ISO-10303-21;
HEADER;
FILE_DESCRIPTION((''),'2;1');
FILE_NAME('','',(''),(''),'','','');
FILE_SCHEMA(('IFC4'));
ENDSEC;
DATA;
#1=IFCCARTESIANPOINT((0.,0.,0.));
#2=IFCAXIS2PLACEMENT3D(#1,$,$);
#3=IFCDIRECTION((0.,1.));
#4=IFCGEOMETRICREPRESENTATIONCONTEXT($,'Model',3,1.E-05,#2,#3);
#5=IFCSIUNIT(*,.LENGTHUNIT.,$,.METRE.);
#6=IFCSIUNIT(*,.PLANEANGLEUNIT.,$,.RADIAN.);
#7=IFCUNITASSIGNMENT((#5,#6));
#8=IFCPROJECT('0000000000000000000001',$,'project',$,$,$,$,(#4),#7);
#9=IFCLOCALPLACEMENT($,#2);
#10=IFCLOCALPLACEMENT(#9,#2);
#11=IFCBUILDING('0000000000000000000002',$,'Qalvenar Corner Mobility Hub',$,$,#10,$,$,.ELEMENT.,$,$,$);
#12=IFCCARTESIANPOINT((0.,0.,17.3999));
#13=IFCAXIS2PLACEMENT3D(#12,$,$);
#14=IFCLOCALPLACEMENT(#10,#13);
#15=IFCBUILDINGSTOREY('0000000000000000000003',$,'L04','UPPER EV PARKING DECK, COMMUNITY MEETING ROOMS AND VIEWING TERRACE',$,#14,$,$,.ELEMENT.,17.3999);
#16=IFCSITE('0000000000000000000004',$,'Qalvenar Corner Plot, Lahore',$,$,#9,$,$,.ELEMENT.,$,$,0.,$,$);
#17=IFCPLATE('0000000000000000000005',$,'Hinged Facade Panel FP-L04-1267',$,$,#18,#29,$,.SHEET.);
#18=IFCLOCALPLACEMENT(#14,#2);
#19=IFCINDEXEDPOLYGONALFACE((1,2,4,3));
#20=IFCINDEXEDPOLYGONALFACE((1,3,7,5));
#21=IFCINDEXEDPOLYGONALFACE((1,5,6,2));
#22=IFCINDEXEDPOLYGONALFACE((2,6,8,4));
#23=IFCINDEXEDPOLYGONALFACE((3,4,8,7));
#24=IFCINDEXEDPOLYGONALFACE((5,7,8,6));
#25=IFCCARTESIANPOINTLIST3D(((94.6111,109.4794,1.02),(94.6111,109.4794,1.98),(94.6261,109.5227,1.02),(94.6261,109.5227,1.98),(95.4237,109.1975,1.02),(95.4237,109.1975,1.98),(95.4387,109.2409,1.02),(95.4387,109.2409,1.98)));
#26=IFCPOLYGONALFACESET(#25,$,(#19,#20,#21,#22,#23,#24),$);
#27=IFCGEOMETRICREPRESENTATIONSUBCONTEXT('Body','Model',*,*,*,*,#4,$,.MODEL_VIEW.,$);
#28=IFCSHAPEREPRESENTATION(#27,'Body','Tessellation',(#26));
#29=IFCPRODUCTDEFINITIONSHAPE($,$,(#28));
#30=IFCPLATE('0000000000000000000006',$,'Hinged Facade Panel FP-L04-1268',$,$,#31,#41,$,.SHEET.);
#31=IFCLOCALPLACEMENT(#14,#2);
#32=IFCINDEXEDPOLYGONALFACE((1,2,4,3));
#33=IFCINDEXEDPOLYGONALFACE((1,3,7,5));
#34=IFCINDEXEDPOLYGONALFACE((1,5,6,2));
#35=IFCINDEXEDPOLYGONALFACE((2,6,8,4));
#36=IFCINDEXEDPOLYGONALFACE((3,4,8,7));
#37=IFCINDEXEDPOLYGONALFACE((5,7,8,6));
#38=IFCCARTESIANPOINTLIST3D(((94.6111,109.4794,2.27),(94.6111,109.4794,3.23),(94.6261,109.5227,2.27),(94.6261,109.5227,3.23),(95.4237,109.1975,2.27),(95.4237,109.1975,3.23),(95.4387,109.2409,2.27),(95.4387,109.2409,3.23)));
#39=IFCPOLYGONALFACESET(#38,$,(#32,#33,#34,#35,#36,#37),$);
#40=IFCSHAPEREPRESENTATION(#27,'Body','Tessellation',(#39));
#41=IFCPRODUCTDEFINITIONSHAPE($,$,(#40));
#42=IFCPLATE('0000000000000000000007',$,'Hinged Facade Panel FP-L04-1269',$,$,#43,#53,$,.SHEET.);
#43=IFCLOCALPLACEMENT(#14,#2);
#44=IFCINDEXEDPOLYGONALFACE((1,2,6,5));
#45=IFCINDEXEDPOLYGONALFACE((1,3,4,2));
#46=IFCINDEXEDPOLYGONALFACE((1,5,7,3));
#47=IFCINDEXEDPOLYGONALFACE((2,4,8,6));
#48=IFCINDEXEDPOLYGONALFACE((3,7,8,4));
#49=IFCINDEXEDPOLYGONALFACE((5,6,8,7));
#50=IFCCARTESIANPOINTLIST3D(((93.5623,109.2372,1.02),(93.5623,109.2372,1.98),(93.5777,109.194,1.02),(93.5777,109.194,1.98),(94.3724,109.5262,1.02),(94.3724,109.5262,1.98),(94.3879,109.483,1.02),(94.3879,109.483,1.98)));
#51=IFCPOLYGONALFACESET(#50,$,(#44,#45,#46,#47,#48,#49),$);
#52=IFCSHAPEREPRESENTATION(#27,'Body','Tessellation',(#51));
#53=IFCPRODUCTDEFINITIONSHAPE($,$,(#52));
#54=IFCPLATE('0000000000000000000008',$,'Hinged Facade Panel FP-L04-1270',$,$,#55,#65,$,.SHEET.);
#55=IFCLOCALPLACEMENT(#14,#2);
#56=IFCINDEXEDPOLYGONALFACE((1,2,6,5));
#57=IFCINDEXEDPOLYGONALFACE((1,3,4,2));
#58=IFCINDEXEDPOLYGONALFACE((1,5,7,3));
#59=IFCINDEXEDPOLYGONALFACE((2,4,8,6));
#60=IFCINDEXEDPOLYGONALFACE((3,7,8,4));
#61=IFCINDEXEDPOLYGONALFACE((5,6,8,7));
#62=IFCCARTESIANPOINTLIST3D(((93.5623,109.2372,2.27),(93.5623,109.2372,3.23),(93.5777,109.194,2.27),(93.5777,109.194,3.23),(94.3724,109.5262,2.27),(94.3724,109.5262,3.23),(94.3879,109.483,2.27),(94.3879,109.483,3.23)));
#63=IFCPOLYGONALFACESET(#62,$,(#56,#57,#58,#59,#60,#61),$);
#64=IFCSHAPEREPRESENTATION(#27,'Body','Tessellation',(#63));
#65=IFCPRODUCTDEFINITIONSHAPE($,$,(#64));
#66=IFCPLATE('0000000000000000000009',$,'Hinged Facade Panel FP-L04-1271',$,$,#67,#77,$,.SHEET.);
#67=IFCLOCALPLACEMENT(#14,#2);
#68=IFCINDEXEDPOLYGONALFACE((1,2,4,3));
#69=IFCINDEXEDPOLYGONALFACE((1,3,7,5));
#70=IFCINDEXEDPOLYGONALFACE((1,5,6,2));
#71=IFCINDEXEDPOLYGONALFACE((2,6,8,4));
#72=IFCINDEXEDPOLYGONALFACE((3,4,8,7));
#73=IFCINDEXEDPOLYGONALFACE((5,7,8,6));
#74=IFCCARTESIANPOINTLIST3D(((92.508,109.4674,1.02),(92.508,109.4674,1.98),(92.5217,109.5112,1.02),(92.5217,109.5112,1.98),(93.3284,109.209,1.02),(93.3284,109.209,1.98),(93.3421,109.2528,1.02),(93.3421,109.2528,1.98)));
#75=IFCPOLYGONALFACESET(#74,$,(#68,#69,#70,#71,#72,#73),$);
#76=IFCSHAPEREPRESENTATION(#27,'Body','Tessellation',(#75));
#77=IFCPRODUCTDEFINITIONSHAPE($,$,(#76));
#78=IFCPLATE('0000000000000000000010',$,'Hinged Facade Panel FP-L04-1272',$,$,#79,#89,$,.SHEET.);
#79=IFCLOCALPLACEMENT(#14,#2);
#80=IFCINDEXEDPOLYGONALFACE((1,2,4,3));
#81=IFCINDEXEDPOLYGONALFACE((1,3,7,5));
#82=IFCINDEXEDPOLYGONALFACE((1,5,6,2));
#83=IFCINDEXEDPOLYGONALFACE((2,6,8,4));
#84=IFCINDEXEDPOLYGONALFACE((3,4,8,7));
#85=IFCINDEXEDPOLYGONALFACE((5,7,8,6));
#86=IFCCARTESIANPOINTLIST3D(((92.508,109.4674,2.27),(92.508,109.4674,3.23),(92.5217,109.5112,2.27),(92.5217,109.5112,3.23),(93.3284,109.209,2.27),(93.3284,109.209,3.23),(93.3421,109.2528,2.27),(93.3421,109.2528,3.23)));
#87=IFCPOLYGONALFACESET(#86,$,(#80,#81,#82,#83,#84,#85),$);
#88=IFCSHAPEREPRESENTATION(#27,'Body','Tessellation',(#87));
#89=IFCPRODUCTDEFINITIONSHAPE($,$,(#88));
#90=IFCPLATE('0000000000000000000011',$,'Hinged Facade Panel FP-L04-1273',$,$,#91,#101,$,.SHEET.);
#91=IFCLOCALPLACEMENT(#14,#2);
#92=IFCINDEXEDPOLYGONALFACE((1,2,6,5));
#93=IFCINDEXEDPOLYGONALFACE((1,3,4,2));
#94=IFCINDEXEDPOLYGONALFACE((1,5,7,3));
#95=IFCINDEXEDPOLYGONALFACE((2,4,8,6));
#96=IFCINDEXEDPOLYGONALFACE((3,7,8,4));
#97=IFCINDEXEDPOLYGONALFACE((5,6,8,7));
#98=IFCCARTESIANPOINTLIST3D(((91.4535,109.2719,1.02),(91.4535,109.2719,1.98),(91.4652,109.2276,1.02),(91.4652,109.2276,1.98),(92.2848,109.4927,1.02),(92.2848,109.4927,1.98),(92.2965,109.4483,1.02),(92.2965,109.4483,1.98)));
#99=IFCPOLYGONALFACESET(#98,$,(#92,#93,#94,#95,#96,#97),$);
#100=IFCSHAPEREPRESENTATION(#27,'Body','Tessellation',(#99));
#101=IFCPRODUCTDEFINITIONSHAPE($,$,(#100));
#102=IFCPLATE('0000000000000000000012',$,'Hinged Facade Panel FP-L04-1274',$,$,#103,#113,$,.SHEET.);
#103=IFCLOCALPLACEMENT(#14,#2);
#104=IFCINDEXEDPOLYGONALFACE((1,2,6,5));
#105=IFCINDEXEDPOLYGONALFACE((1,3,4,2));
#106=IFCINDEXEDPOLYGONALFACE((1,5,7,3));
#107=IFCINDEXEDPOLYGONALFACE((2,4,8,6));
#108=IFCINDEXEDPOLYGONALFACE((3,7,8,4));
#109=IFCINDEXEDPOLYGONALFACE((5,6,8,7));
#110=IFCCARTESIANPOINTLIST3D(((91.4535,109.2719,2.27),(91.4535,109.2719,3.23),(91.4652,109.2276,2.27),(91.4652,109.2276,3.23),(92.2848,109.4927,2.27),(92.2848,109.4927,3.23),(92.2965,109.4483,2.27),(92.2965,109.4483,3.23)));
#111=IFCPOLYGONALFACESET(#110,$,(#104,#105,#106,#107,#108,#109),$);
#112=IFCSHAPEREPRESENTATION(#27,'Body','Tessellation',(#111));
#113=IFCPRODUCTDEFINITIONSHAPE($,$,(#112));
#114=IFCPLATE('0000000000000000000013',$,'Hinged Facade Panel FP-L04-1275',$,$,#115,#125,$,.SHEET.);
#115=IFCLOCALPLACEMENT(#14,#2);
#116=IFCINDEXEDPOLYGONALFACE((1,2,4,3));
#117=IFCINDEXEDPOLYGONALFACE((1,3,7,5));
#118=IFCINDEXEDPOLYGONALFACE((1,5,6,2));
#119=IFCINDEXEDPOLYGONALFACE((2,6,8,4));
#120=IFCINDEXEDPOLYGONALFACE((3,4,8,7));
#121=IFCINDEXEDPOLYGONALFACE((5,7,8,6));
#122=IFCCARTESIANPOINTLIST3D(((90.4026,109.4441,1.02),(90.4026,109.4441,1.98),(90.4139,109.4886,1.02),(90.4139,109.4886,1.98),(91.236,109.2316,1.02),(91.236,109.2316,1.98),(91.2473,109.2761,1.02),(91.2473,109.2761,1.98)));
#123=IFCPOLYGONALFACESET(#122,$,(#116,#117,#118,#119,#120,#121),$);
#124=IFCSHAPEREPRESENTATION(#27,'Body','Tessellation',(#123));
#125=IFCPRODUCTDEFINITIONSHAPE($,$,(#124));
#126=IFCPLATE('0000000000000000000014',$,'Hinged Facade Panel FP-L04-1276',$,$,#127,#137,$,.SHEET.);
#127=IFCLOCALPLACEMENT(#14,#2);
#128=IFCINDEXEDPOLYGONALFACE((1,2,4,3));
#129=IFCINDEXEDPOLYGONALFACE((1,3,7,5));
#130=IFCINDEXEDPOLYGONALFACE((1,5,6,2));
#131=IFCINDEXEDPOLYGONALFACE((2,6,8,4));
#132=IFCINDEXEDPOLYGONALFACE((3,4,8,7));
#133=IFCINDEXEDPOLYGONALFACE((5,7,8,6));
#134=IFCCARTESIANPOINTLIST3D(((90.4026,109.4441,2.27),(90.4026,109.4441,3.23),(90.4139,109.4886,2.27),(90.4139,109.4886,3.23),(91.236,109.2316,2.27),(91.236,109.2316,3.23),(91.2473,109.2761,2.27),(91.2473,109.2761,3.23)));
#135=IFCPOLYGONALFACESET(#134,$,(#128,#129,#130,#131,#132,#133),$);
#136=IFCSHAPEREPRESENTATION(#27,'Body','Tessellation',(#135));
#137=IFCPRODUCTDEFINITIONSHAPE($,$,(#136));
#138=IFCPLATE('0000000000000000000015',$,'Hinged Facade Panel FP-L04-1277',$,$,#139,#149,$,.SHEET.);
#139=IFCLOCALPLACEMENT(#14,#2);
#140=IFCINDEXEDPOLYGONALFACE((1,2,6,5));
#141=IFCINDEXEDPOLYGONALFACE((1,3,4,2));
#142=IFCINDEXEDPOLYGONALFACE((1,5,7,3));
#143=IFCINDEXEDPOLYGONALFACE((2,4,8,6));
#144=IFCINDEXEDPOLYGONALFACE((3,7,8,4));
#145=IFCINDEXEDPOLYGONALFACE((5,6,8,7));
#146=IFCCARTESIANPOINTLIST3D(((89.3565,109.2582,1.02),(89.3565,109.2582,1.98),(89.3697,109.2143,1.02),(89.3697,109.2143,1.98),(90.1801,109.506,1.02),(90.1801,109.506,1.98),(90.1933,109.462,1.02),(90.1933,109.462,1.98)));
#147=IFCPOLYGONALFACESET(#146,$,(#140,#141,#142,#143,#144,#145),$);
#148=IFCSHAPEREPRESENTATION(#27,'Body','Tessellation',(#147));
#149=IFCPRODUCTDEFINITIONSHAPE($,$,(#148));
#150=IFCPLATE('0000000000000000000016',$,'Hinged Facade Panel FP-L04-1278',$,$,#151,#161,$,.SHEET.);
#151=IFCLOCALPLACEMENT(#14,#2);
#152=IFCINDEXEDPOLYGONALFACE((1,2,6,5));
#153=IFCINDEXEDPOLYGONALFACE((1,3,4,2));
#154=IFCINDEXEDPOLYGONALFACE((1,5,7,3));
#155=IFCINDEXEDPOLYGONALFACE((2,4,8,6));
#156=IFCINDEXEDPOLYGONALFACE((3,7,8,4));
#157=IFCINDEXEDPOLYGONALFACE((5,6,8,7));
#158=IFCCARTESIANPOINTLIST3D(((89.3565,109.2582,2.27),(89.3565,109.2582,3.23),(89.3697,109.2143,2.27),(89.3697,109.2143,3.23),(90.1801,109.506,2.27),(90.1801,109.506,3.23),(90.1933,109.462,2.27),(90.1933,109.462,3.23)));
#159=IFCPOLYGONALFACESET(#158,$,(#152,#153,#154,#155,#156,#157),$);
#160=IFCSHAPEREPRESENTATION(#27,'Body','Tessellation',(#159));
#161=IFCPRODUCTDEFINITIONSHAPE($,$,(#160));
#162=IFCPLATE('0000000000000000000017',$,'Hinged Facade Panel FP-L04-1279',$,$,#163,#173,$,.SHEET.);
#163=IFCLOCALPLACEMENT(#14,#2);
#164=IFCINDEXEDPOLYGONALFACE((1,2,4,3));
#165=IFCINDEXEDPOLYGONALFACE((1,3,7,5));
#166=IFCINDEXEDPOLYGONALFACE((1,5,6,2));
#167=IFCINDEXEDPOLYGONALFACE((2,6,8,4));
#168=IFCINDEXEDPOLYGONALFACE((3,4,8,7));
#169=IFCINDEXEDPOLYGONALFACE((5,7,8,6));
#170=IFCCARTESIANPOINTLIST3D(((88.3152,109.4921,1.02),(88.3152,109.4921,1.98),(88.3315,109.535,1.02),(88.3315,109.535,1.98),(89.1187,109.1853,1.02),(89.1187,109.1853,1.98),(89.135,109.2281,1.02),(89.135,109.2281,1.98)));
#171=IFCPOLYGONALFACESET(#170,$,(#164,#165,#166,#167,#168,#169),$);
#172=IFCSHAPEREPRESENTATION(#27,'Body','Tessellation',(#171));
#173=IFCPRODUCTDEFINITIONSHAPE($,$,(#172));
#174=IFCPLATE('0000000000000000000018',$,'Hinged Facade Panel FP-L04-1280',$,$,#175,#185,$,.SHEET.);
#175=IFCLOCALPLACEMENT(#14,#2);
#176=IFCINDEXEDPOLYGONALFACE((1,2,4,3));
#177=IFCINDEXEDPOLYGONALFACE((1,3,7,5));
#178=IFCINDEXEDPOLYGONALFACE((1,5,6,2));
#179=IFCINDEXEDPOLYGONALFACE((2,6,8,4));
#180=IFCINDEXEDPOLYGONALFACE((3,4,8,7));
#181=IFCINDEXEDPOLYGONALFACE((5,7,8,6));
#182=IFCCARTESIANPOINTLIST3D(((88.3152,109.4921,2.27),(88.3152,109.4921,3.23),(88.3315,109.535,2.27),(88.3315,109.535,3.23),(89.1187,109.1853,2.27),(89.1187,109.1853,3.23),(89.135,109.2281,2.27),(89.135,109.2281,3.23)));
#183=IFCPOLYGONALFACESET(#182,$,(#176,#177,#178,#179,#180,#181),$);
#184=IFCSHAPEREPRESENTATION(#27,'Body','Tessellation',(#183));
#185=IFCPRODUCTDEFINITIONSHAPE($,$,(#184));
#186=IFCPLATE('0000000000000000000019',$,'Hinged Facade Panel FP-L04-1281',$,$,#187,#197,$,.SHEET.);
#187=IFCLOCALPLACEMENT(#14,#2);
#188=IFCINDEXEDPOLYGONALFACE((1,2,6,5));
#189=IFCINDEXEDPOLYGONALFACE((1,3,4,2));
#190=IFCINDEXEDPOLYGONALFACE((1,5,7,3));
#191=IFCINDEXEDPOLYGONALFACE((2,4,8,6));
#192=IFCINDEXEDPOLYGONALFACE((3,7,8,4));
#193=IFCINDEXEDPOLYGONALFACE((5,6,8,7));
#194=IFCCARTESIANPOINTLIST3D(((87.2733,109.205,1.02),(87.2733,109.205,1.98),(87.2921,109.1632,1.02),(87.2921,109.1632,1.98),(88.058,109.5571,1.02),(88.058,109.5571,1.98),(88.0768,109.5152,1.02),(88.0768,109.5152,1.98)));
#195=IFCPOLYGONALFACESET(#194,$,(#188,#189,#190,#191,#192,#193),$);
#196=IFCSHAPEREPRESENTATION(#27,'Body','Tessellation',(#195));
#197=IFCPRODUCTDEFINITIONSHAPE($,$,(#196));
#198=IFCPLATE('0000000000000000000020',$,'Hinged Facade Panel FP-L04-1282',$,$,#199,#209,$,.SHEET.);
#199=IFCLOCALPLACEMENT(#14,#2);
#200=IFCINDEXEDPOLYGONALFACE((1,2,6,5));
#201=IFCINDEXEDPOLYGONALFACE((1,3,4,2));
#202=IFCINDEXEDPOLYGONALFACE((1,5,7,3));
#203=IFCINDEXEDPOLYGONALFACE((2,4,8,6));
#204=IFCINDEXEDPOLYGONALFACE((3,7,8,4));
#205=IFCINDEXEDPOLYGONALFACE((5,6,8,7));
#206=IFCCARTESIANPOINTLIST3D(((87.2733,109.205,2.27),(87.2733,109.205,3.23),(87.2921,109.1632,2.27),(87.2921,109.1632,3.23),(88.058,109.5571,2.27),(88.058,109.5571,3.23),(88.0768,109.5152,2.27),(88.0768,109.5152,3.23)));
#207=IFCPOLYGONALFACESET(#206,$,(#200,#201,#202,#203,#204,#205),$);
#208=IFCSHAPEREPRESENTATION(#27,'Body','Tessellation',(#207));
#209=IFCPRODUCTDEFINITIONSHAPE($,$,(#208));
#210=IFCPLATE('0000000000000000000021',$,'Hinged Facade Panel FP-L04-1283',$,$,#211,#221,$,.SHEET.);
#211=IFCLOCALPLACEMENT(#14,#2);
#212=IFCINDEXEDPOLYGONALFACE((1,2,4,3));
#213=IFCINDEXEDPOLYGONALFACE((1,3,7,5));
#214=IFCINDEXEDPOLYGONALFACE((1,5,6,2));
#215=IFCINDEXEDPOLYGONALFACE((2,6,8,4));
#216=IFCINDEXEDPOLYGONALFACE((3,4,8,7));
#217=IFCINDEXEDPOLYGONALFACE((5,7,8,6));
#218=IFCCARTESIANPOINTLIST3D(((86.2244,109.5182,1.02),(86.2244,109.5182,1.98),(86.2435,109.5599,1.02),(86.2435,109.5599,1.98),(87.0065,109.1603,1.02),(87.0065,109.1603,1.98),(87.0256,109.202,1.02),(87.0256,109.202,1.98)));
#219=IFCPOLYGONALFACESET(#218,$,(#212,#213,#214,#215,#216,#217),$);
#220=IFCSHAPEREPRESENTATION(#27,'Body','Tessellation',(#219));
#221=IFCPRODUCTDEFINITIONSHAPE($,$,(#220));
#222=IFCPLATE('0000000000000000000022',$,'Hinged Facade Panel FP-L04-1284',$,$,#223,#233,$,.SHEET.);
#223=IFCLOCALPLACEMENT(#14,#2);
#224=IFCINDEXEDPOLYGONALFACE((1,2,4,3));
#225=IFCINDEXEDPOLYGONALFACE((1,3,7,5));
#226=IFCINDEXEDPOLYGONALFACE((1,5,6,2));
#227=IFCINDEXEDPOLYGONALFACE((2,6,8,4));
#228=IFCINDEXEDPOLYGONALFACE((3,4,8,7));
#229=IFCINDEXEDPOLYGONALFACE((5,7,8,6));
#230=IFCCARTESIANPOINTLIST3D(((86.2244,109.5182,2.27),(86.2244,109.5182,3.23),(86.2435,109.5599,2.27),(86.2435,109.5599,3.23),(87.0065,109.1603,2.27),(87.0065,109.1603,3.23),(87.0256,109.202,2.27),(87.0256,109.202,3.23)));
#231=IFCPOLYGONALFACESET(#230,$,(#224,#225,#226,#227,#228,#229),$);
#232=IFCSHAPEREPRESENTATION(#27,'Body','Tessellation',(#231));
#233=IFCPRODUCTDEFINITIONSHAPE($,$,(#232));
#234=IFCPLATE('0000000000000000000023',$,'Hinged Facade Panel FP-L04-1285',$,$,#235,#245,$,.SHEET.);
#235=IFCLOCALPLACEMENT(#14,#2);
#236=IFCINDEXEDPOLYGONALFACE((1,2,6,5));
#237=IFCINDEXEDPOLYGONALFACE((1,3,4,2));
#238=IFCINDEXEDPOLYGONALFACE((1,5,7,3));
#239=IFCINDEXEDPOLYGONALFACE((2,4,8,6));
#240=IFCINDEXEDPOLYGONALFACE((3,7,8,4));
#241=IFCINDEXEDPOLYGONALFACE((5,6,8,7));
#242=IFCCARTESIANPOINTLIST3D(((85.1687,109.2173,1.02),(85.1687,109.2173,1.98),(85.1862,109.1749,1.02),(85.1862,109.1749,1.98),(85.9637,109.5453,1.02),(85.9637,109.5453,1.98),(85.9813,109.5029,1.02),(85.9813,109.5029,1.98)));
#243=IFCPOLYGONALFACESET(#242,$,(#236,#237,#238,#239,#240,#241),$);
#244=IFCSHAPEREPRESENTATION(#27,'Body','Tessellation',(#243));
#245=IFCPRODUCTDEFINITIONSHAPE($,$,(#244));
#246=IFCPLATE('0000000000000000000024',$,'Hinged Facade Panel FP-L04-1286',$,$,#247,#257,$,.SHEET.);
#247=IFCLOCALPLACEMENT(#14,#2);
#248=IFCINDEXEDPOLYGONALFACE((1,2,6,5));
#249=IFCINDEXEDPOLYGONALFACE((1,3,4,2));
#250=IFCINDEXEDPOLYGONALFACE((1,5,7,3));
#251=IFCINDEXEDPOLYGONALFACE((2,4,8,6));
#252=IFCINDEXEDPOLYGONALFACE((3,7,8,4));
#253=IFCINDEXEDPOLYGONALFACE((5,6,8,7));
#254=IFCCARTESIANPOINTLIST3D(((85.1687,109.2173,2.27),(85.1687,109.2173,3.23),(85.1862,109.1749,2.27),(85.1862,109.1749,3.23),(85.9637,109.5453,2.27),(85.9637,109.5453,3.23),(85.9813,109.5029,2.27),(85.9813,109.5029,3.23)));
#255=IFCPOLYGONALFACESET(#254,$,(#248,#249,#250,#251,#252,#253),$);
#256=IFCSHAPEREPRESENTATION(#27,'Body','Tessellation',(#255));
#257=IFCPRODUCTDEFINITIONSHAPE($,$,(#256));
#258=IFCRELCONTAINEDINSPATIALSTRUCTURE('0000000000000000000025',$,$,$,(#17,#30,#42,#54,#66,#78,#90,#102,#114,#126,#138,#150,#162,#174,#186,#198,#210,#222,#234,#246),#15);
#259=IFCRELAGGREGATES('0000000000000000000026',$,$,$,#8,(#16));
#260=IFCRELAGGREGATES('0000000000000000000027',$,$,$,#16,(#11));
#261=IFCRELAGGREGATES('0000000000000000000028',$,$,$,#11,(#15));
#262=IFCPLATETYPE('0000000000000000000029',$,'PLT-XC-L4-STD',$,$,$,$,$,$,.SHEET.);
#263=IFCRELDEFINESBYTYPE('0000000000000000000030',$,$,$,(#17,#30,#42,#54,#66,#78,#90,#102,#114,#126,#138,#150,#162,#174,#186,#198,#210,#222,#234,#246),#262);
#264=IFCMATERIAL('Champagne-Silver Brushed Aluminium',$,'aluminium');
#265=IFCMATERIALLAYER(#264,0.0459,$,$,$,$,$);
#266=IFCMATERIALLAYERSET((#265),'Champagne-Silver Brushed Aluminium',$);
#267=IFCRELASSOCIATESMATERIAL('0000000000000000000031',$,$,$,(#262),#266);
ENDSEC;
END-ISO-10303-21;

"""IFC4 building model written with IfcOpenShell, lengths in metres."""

from ifc_helpers import new_model, si_unit, direction, frame, origin, origin_2d, place, context, subcontext, project, spatial, rectangle, extrude, material, layer, layer_set, type_object, element, save


model = new_model("IFC4")

# Units and contexts
model_context = context("Model", 3, precision=1e-05, world=origin(), true_north=direction((0.0, 1.0)))
body_context = subcontext(model_context, "Body", "Model", "MODEL_VIEW")
ifc_project = project(units=[si_unit("LENGTHUNIT", "METRE"), si_unit("PLANEANGLEUNIT", "RADIAN")], contexts=[model_context])

# Site, building, storey
site_placement = place(None, origin())
site = spatial("IfcSite", under=ifc_project, at=site_placement, Name="Qalvenar Corner Plot, Lahore", CompositionType="ELEMENT", RefElevation=0.0)
building_placement = place(site_placement, origin())
building = spatial("IfcBuilding", under=site, at=building_placement, Name="Qalvenar Corner Mobility Hub", CompositionType="ELEMENT")
storey_placement = place(building_placement, frame((0.0, 0.0, 17.3999)))
storey = spatial("IfcBuildingStorey", under=building, at=storey_placement, Name="L04", Description="UPPER EV PARKING DECK, COMMUNITY MEETING ROOMS AND VIEWING TERRACE", CompositionType="ELEMENT", Elevation=17.3999)

# Plates
ifc_material_1 = material(Name="Champagne-Silver Brushed Aluminium", Category="aluminium")
ifc_layer = layer(ifc_material_1, 0.0459)
ifc_layer_set = layer_set([ifc_layer], Name="Champagne-Silver Brushed Aluminium")
plate_type = type_object("IfcPlateType", Name="PLT-XC-L4-STD", PredefinedType="SHEET", material=ifc_layer_set)
for number, where, z_axis, x_axis, name in (
    (1, (95.0249, 109.3601, 1.02), (0.0, 0.0, 1.0), (-0.944777, 0.327713, 0.0), "Hinged Facade Panel FP-L04-1267"),
    (2, (95.0249, 109.3601, 2.27), (0.0, 0.0, 1.0), (-0.944777, 0.327713, 0.0), "Hinged Facade Panel FP-L04-1268"),
    (3, (93.9751, 109.3601, 1.02), (0.0, 0.0, 1.0), (-0.941882, -0.335945, 0.0), "Hinged Facade Panel FP-L04-1269"),
    (4, (93.9751, 109.3601, 2.27), (0.0, 0.0, 1.0), (-0.941882, -0.335945, 0.0), "Hinged Facade Panel FP-L04-1270"),
    (5, (92.925, 109.3601, 1.02), (0.0, 0.0, 1.0), (-0.953822, 0.300373, 0.0), "Hinged Facade Panel FP-L04-1271"),
    (6, (92.925, 109.3601, 2.27), (0.0, 0.0, 1.0), (-0.953822, 0.300373, 0.0), "Hinged Facade Panel FP-L04-1272"),
    (7, (91.875, 109.3601, 1.02), (0.0, 0.0, 1.0), (-0.966511, -0.256627, 0.0), "Hinged Facade Panel FP-L04-1273"),
    (8, (91.875, 109.3601, 2.27), (0.0, 0.0, 1.0), (-0.966511, -0.256627, 0.0), "Hinged Facade Panel FP-L04-1274"),
    (9, (90.825, 109.3601, 1.02), (0.0, 0.0, 1.0), (-0.969016, 0.246999, 0.0), "Hinged Facade Panel FP-L04-1275"),
    (10, (90.825, 109.3601, 2.27), (0.0, 0.0, 1.0), (-0.969016, 0.246999, 0.0), "Hinged Facade Panel FP-L04-1276"),
    (11, (89.7749, 109.3601, 1.02), (0.0, 0.0, 1.0), (-0.957622, -0.288029, 0.0), "Hinged Facade Panel FP-L04-1277"),
    (12, (89.7749, 109.3601, 2.27), (0.0, 0.0, 1.0), (-0.957622, -0.288029, 0.0), "Hinged Facade Panel FP-L04-1278"),
    (13, (88.7251, 109.3601, 1.02), (0.0, 0.0, 1.0), (-0.934204, 0.356738, 0.0), "Hinged Facade Panel FP-L04-1279"),
    (14, (88.7251, 109.3601, 2.27), (0.0, 0.0, 1.0), (-0.934204, 0.356738, 0.0), "Hinged Facade Panel FP-L04-1280"),
    (15, (87.675, 109.3601, 1.02), (0.0, 0.0, 1.0), (-0.912406, -0.409286, 0.0), "Hinged Facade Panel FP-L04-1281"),
    (16, (87.675, 109.3601, 2.27), (0.0, 0.0, 1.0), (-0.912406, -0.409286, 0.0), "Hinged Facade Panel FP-L04-1282"),
    (17, (86.625, 109.3601, 1.02), (0.0, 0.0, 1.0), (-0.909309, 0.416122, 0.0), "Hinged Facade Panel FP-L04-1283"),
    (18, (86.625, 109.3601, 2.27), (0.0, 0.0, 1.0), (-0.909309, 0.416122, 0.0), "Hinged Facade Panel FP-L04-1284"),
    (19, (85.575, 109.3601, 1.02), (0.0, 0.0, 1.0), (-0.924413, -0.381393, 0.0), "Hinged Facade Panel FP-L04-1285"),
    (20, (85.575, 109.3601, 2.27), (0.0, 0.0, 1.0), (-0.924413, -0.381393, 0.0), "Hinged Facade Panel FP-L04-1286"),
):
    element("IfcPlate", number, at=place(storey_placement, frame(where, z_axis=z_axis, x_axis=x_axis)), inside=storey, type_object=plate_type, Name=name, PredefinedType="SHEET", context=body_context, shape_type="SweptSolid", body=[
        extrude(rectangle(XDim=0.8601, YDim=0.0459, at=origin_2d()), origin(), (0.0, 0.0, 1.0), 0.96),
    ])

save(model, "model.ifc")
